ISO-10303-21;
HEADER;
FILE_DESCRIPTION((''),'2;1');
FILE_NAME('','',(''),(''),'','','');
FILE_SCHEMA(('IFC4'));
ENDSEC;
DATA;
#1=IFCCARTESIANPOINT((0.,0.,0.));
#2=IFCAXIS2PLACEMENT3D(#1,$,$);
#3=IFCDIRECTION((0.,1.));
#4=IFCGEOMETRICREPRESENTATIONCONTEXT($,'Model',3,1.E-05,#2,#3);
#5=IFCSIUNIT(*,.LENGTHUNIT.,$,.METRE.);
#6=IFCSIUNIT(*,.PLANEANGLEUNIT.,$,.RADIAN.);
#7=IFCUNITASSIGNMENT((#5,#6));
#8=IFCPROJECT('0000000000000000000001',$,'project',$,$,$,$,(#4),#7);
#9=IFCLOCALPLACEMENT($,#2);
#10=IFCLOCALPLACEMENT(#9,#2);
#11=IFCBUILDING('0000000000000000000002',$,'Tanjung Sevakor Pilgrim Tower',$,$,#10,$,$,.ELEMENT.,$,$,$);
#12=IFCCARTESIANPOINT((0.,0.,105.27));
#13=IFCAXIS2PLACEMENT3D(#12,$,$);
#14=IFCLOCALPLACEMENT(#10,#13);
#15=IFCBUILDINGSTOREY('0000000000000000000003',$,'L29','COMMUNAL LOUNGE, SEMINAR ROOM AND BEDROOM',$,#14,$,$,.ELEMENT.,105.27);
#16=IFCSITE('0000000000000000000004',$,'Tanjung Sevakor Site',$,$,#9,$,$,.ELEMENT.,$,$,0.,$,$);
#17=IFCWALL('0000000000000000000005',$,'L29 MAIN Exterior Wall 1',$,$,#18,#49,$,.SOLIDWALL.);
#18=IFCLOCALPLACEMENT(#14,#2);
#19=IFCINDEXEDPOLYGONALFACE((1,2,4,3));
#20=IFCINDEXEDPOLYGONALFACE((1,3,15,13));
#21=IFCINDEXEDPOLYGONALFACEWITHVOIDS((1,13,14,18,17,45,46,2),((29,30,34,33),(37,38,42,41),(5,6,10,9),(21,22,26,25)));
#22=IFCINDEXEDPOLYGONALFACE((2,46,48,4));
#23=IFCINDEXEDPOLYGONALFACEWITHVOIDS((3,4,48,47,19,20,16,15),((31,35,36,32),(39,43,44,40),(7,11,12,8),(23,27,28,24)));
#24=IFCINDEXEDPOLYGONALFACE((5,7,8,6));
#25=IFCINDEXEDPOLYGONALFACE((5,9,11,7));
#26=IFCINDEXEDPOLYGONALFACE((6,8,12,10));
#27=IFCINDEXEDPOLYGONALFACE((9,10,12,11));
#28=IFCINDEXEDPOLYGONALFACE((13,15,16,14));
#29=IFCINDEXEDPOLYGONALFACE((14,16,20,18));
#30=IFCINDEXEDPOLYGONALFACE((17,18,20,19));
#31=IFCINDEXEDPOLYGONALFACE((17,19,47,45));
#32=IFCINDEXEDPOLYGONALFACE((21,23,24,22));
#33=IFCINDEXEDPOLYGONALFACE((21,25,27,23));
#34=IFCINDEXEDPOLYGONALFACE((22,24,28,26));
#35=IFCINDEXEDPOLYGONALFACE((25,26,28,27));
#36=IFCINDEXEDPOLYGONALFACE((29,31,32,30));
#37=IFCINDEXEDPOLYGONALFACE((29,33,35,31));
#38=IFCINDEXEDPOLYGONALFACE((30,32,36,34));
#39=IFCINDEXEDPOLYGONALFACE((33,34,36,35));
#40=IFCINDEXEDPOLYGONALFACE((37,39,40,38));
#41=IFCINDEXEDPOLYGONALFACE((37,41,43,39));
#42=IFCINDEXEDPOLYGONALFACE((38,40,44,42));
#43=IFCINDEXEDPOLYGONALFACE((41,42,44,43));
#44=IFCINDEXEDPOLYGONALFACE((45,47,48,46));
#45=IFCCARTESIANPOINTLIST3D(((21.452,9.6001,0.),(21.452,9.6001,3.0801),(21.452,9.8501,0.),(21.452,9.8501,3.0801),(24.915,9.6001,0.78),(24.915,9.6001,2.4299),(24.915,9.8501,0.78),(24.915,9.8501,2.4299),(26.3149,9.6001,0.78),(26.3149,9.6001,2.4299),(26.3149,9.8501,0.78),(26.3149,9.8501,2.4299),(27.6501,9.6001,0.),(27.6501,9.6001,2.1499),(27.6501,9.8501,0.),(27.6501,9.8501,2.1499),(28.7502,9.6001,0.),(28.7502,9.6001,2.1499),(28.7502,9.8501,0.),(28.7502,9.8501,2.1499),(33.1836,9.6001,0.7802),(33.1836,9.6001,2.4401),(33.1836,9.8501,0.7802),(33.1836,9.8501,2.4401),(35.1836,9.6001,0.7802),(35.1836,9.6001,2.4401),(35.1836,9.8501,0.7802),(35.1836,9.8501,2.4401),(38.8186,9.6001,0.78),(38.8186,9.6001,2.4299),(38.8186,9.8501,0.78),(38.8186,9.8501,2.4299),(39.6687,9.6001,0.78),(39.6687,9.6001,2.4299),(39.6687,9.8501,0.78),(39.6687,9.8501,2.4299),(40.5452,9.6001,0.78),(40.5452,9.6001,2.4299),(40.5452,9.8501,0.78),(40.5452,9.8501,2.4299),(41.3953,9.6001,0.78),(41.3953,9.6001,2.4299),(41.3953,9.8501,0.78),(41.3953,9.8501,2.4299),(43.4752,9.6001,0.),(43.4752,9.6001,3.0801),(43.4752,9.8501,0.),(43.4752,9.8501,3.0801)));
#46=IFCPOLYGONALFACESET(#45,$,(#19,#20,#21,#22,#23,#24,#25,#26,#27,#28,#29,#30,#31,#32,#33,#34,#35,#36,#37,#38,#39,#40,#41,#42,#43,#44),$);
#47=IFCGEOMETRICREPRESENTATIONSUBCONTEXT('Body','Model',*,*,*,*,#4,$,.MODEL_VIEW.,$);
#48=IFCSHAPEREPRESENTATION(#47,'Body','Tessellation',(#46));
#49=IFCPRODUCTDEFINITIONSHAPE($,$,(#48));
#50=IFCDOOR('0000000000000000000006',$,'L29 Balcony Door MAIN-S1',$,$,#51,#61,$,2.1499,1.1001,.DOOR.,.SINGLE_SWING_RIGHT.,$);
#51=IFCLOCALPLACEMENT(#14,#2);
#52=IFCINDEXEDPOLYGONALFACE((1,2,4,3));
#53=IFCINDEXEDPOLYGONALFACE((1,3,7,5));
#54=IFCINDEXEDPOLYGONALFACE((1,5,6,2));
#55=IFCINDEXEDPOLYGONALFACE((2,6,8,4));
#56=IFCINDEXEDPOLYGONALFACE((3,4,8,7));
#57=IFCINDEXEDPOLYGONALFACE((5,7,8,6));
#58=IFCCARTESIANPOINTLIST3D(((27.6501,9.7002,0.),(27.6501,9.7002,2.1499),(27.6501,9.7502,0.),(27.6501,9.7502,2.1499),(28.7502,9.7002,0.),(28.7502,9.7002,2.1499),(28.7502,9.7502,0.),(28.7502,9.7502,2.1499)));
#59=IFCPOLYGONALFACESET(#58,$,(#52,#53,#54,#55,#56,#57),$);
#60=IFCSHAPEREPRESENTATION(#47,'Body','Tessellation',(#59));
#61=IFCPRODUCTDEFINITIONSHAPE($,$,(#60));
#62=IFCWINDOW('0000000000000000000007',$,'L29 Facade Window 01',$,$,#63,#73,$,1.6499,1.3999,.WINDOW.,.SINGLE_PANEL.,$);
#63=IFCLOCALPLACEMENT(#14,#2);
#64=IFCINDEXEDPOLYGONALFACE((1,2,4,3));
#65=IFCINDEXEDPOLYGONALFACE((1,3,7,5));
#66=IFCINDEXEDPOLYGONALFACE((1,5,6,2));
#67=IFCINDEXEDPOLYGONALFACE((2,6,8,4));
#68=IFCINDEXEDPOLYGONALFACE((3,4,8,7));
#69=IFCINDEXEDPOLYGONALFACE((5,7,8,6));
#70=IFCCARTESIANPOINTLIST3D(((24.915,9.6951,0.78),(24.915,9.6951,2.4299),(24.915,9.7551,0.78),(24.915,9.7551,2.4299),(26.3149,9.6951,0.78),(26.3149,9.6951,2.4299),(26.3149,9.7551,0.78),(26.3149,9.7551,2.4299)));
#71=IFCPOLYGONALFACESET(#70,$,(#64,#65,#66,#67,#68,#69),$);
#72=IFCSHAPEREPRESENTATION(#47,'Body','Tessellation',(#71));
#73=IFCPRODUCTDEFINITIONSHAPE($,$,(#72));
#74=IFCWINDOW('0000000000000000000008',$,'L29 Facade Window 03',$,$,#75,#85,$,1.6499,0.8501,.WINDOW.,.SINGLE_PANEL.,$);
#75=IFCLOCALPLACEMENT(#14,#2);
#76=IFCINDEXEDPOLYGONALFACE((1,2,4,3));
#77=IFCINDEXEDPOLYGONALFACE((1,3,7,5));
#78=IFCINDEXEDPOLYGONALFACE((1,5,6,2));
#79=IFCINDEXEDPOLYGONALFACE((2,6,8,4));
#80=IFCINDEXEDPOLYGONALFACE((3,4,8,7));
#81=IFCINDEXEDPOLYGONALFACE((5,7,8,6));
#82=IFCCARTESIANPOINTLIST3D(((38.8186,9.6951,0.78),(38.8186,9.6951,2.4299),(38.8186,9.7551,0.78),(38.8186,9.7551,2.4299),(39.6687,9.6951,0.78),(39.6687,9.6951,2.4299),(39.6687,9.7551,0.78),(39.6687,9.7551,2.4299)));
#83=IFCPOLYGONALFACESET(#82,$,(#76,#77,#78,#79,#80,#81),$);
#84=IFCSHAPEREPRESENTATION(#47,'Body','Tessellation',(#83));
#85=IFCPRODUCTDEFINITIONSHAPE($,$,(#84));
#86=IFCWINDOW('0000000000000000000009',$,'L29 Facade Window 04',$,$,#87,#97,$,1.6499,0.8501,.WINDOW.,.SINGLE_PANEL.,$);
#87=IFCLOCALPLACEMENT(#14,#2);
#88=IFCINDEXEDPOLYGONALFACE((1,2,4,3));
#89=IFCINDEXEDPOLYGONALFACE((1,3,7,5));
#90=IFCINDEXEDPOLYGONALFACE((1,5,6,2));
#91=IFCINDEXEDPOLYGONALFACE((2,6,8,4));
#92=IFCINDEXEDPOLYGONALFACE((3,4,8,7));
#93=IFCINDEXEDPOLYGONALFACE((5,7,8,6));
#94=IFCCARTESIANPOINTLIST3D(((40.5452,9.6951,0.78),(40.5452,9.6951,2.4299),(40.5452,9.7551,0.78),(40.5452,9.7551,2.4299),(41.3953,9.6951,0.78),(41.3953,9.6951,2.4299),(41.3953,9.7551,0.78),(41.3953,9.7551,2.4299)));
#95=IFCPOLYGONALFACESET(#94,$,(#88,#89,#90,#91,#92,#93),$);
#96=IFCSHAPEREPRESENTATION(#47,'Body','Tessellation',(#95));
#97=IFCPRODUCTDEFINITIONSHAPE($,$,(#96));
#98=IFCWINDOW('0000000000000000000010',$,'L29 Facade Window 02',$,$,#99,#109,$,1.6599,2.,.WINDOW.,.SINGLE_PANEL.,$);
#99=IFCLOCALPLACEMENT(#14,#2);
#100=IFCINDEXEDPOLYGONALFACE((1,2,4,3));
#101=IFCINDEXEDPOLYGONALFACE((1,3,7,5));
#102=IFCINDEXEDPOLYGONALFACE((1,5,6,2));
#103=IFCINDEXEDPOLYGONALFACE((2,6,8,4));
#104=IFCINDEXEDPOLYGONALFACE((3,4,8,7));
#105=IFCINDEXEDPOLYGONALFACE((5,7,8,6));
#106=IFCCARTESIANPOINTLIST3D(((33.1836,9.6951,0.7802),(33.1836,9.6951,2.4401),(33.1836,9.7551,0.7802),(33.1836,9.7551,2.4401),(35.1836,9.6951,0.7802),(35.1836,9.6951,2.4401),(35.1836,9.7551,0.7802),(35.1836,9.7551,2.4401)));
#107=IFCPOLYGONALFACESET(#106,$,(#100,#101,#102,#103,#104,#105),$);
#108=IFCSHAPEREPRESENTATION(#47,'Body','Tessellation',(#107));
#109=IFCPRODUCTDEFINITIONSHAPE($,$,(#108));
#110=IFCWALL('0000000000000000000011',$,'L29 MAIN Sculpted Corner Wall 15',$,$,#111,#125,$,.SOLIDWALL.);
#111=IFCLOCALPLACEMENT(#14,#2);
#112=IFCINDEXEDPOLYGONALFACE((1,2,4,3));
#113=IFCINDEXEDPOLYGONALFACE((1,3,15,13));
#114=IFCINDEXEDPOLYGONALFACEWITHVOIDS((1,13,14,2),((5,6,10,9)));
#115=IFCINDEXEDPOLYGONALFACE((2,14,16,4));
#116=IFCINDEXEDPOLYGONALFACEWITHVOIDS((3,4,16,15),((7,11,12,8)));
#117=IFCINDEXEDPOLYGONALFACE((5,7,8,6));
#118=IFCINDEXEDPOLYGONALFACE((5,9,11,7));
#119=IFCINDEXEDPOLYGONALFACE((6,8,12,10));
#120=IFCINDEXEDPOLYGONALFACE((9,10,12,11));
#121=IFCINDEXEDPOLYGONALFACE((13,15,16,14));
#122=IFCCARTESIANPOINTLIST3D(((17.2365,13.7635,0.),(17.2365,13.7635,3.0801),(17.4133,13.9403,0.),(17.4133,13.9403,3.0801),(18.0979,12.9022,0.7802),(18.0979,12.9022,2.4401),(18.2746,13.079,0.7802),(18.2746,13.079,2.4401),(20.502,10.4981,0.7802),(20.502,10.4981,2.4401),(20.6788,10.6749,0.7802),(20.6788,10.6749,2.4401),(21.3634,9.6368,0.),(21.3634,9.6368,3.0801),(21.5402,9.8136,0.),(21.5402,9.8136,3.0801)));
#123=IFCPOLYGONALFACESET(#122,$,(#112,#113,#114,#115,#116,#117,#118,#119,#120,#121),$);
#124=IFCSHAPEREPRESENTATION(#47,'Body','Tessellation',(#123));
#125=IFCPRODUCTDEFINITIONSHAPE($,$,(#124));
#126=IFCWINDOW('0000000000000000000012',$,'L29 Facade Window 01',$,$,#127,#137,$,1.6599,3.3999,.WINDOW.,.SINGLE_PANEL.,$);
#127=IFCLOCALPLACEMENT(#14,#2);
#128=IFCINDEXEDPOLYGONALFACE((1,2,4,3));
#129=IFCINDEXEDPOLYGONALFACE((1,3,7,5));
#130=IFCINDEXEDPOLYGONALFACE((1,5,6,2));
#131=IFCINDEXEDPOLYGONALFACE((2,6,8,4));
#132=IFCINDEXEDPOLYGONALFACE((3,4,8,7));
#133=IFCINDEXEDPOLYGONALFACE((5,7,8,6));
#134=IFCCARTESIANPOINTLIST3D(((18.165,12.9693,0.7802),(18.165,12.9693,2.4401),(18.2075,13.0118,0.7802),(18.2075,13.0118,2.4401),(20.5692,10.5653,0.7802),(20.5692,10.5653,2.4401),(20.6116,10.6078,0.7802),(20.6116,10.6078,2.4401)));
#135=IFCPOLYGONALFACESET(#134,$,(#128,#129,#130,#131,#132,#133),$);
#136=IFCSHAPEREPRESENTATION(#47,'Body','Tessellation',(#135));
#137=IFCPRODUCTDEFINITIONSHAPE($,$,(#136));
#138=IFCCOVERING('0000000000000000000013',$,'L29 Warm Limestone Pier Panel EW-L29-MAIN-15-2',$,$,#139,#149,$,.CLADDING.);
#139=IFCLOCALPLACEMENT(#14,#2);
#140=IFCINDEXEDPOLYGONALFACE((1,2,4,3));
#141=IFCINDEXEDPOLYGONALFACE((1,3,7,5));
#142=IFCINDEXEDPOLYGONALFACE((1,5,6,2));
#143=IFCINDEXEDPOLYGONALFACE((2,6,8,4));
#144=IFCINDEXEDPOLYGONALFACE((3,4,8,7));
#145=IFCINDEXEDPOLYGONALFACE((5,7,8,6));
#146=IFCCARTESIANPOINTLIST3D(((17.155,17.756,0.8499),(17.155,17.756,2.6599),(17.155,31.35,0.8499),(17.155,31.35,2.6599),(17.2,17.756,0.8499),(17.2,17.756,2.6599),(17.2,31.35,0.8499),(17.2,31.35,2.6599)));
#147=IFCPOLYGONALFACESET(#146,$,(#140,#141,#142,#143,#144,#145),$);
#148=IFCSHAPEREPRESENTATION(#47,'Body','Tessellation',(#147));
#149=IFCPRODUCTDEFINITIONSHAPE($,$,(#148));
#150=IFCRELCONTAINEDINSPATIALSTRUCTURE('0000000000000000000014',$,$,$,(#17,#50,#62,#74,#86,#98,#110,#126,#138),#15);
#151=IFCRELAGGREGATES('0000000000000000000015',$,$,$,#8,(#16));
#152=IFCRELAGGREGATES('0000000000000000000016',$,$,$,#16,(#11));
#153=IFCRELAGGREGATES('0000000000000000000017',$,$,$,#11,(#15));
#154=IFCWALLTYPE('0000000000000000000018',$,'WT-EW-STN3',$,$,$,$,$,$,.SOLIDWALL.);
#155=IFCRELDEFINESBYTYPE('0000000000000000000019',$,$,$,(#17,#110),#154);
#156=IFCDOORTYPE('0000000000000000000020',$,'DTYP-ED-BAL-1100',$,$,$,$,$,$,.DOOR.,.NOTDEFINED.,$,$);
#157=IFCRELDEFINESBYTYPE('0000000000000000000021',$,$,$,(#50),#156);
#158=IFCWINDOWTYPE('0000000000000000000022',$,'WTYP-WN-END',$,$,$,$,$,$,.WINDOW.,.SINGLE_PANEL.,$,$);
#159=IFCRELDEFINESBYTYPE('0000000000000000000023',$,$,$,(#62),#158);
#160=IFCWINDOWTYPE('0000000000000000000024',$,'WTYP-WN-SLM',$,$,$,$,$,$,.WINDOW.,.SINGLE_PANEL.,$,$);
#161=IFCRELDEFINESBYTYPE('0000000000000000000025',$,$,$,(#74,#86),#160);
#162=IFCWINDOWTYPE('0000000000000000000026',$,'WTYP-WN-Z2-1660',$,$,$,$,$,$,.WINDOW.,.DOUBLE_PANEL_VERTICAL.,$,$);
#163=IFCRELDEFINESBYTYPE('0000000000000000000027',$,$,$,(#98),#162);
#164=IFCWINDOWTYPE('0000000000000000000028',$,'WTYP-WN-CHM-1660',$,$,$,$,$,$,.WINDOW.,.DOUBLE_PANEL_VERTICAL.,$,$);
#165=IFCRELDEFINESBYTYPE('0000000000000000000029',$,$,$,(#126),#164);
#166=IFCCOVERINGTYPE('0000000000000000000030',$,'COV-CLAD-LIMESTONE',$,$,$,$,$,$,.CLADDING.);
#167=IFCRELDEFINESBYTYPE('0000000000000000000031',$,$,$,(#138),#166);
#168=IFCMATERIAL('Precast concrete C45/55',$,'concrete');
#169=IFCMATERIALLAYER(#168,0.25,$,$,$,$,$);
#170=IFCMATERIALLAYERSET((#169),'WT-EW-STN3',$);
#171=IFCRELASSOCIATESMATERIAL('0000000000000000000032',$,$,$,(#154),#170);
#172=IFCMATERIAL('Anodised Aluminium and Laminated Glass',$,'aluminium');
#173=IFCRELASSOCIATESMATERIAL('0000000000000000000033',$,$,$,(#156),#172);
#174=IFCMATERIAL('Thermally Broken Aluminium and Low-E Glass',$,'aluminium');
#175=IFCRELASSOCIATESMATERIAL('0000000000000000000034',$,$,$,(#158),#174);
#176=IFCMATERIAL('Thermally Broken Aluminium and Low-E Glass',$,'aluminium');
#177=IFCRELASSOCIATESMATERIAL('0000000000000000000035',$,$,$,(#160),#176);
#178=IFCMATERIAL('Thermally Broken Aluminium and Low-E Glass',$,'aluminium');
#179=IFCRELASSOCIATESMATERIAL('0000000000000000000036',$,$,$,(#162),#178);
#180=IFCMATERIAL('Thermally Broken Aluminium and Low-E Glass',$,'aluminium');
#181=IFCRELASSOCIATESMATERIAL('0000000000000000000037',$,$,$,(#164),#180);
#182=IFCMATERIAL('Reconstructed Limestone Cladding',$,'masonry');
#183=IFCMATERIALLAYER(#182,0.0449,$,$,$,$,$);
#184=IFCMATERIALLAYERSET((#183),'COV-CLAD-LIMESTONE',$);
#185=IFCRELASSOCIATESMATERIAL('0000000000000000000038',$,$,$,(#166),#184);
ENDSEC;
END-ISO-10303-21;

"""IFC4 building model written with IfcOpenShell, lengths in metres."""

from ifc_helpers import new_model, si_unit, direction, frame, frame_2d, origin, origin_2d, place, context, subcontext, project, spatial, rectangle, extrude, material, layer, layer_set, type_object, element, fill, save


model = new_model("IFC4")

# Units and contexts
model_context = context("Model", 3, precision=1e-05, world=origin(), true_north=direction((0.0, 1.0)))
body_context = subcontext(model_context, "Body", "Model", "MODEL_VIEW")
ifc_project = project(units=[si_unit("LENGTHUNIT", "METRE"), si_unit("PLANEANGLEUNIT", "RADIAN")], contexts=[model_context])

# Site, building, storey
site_placement = place(None, origin())
site = spatial("IfcSite", under=ifc_project, at=site_placement, Name="Tanjung Sevakor Site", CompositionType="ELEMENT", RefElevation=0.0)
building_placement = place(site_placement, origin())
building = spatial("IfcBuilding", under=site, at=building_placement, Name="Tanjung Sevakor Pilgrim Tower", CompositionType="ELEMENT")
storey_placement = place(building_placement, frame((0.0, 0.0, 105.27)))
storey = spatial("IfcBuildingStorey", under=building, at=storey_placement, Name="L29", Description="COMMUNAL LOUNGE, SEMINAR ROOM AND BEDROOM", CompositionType="ELEMENT", Elevation=105.27)

# Wall, openings, door, windows
ifc_material_1 = material(Name="Precast concrete C45/55", Category="concrete")
ifc_layer_1 = layer(ifc_material_1, 0.25)
ifc_layer_set_1 = layer_set([ifc_layer_1], Name="WT-EW-STN3")
wall_type_1 = type_object("IfcWallType", Name="WT-EW-STN3", PredefinedType="SOLIDWALL", material=ifc_layer_set_1)
wall_1_placement = place(storey_placement, frame((21.4519, 9.7251, 0.0), z_axis=(0.0, 0.0, 1.0), x_axis=(1.0, 0.0, 0.0)))
wall_1 = element("IfcWall", 1, at=wall_1_placement, inside=storey, type_object=wall_type_1, Name="L29 MAIN Exterior Wall 1", PredefinedType="SOLIDWALL", context=body_context, shape_type="SweptSolid", body=[
    extrude(rectangle(XDim=22.0232, YDim=0.25, at=frame_2d((11.0117, 0.0))), origin(), (0.0, 0.0, 1.0), 3.0801),
])
opening_1_placement = place(wall_1_placement, frame((6.1982, 0.0, 0.0)))
opening_1 = element("IfcOpeningElement", 2, at=opening_1_placement, cuts=wall_1, PredefinedType="OPENING", context=body_context, shape_type="SweptSolid", body=[
    extrude(rectangle(XDim=1.1001, YDim=2.1499, at=frame_2d((0.55, 1.075))), frame((0.0, 0.135, 0.0), z_axis=(0.0, -1.0, 0.0), x_axis=(1.0, 0.0, 0.0)), (0.0, 0.0, 1.0), 0.27),
])
opening_2_placement = place(wall_1_placement, frame((3.4631, 0.0, 0.78)))
opening_2 = element("IfcOpeningElement", 3, at=opening_2_placement, cuts=wall_1, PredefinedType="OPENING", context=body_context, shape_type="SweptSolid", body=[
    extrude(rectangle(XDim=1.3999, YDim=1.6499, at=frame_2d((0.7, 0.825))), frame((0.0, 0.135, 0.0), z_axis=(0.0, -1.0, 0.0), x_axis=(1.0, 0.0, 0.0)), (0.0, 0.0, 1.0), 0.27),
])
opening_3_placement = place(wall_1_placement, frame((11.7317, 0.0, 0.78)))
opening_3 = element("IfcOpeningElement", 4, at=opening_3_placement, cuts=wall_1, PredefinedType="OPENING", context=body_context, shape_type="SweptSolid", body=[
    extrude(rectangle(XDim=2.0, YDim=1.6599, at=frame_2d((1.0, 0.8301))), frame((0.0, 0.135, 0.0), z_axis=(0.0, -1.0, 0.0), x_axis=(1.0, 0.0, 0.0)), (0.0, 0.0, 1.0), 0.27),
])
opening_4_placement = place(wall_1_placement, frame((17.3667, 0.0, 0.78)))
opening_4 = element("IfcOpeningElement", 5, at=opening_4_placement, cuts=wall_1, PredefinedType="OPENING", context=body_context, shape_type="SweptSolid", body=[
    extrude(rectangle(XDim=0.8501, YDim=1.6499, at=frame_2d((0.425, 0.825))), frame((0.0, 0.135, 0.0), z_axis=(0.0, -1.0, 0.0), x_axis=(1.0, 0.0, 0.0)), (0.0, 0.0, 1.0), 0.27),
])
opening_5_placement = place(wall_1_placement, frame((19.0933, 0.0, 0.78)))
opening_5 = element("IfcOpeningElement", 6, at=opening_5_placement, cuts=wall_1, PredefinedType="OPENING", context=body_context, shape_type="SweptSolid", body=[
    extrude(rectangle(XDim=0.8501, YDim=1.6499, at=frame_2d((0.425, 0.825))), frame((0.0, 0.135, 0.0), z_axis=(0.0, -1.0, 0.0), x_axis=(1.0, 0.0, 0.0)), (0.0, 0.0, 1.0), 0.27),
])
ifc_material_2 = material(Name="Anodised Aluminium and Laminated Glass", Category="aluminium")
door_type_1 = type_object("IfcDoorType", Name="DTYP-ED-BAL-1100", OperationType="NOTDEFINED", PredefinedType="DOOR", material=ifc_material_2)
door_1_placement = place(opening_1_placement, frame((1.1001, 0.0, 0.0), z_axis=(0.0, 0.0, 1.0), x_axis=(-1.0, 0.0, 0.0)))
door_1 = element("IfcDoor", 7, at=door_1_placement, inside=storey, type_object=door_type_1, Name="L29 Balcony Door MAIN-S1", OperationType="SINGLE_SWING_RIGHT", OverallHeight=2.1499, OverallWidth=1.1001, PredefinedType="DOOR", context=body_context, shape_type="SweptSolid", body=[
    extrude(rectangle(XDim=1.1001, YDim=2.1499, at=frame_2d((0.55, 1.075))), frame((0.0, 0.0249, 0.0), z_axis=(0.0, -1.0, 0.0), x_axis=(1.0, 0.0, 0.0)), (0.0, 0.0, 1.0), 0.05),
])
fill(opening_1, door_1)
ifc_material_3 = material(Name="Thermally Broken Aluminium and Low-E Glass", Category="aluminium")
window_type_1 = type_object("IfcWindowType", Name="WTYP-WN-END", PartitioningType="SINGLE_PANEL", PredefinedType="WINDOW", material=ifc_material_3)
window_1_placement = place(opening_2_placement, origin())
window_1 = element("IfcWindow", 8, at=window_1_placement, inside=storey, type_object=window_type_1, Name="L29 Facade Window 01", OverallHeight=1.6499, OverallWidth=1.3999, PartitioningType="SINGLE_PANEL", PredefinedType="WINDOW", context=body_context, shape_type="SweptSolid", body=[
    extrude(rectangle(XDim=1.3999, YDim=1.6499, at=frame_2d((0.7, 0.825))), frame((0.0, 0.03, 0.0), z_axis=(0.0, -1.0, 0.0), x_axis=(1.0, 0.0, 0.0)), (0.0, 0.0, 1.0), 0.0601),
])
fill(opening_2, window_1)
ifc_material_4 = material(Name="Thermally Broken Aluminium and Low-E Glass", Category="aluminium")
window_type_2 = type_object("IfcWindowType", Name="WTYP-WN-SLM", PartitioningType="SINGLE_PANEL", PredefinedType="WINDOW", material=ifc_material_4)
window_2_placement = place(opening_4_placement, origin())
window_2 = element("IfcWindow", 9, at=window_2_placement, inside=storey, type_object=window_type_2, Name="L29 Facade Window 03", OverallHeight=1.6499, OverallWidth=0.8501, PartitioningType="SINGLE_PANEL", PredefinedType="WINDOW", context=body_context, shape_type="SweptSolid", body=[
    extrude(rectangle(XDim=0.8501, YDim=1.6499, at=frame_2d((0.425, 0.825))), frame((0.0, 0.03, 0.0), z_axis=(0.0, -1.0, 0.0), x_axis=(1.0, 0.0, 0.0)), (0.0, 0.0, 1.0), 0.0601),
])
fill(opening_4, window_2)
window_3_placement = place(opening_5_placement, origin())
window_3 = element("IfcWindow", 10, at=window_3_placement, inside=storey, type_object=window_type_2, Name="L29 Facade Window 04", OverallHeight=1.6499, OverallWidth=0.8501, PartitioningType="SINGLE_PANEL", PredefinedType="WINDOW", context=body_context, shape_type="SweptSolid", body=[
    extrude(rectangle(XDim=0.8501, YDim=1.6499, at=frame_2d((0.425, 0.825))), frame((0.0, 0.03, 0.0), z_axis=(0.0, -1.0, 0.0), x_axis=(1.0, 0.0, 0.0)), (0.0, 0.0, 1.0), 0.0601),
])
fill(opening_5, window_3)
ifc_material_5 = material(Name="Thermally Broken Aluminium and Low-E Glass", Category="aluminium")
window_type_3 = type_object("IfcWindowType", Name="WTYP-WN-Z2-1660", PartitioningType="DOUBLE_PANEL_VERTICAL", PredefinedType="WINDOW", material=ifc_material_5)
window_4_placement = place(opening_3_placement, origin())
window_4 = element("IfcWindow", 11, at=window_4_placement, inside=storey, type_object=window_type_3, Name="L29 Facade Window 02", OverallHeight=1.6599, OverallWidth=2.0, PartitioningType="SINGLE_PANEL", PredefinedType="WINDOW", context=body_context, shape_type="SweptSolid", body=[
    extrude(rectangle(XDim=2.0, YDim=1.6599, at=frame_2d((1.0, 0.8301))), frame((0.0, 0.03, 0.0), z_axis=(0.0, -1.0, 0.0), x_axis=(1.0, 0.0, 0.0)), (0.0, 0.0, 1.0), 0.0601),
])
fill(opening_3, window_4)

# Wall, opening, window
wall_2_placement = place(storey_placement, frame((17.325, 13.8518, 0.0), z_axis=(0.0, 0.0, 1.0), x_axis=(0.707128, -0.707086, 0.0)))
wall_2 = element("IfcWall", 12, at=wall_2_placement, inside=storey, type_object=wall_type_1, Name="L29 MAIN Sculpted Corner Wall 15", PredefinedType="SOLIDWALL", context=body_context, shape_type="SweptSolid", body=[
    extrude(rectangle(XDim=5.8362, YDim=0.25, at=frame_2d((2.918, 0.0))), origin(), (0.0, 0.0, 1.0), 3.0801),
])
opening_6_placement = place(wall_2_placement, frame((1.218, 0.0, 0.78)))
opening_6 = element("IfcOpeningElement", 13, at=opening_6_placement, cuts=wall_2, PredefinedType="OPENING", context=body_context, shape_type="SweptSolid", body=[
    extrude(rectangle(XDim=3.3999, YDim=1.6599, at=frame_2d((1.7, 0.8301))), frame((0.0, 0.135, 0.0), z_axis=(0.0, -1.0, 0.0), x_axis=(1.0, 0.0, 0.0)), (0.0, 0.0, 1.0), 0.27),
])
ifc_material_6 = material(Name="Thermally Broken Aluminium and Low-E Glass", Category="aluminium")
window_type_4 = type_object("IfcWindowType", Name="WTYP-WN-CHM-1660", PartitioningType="DOUBLE_PANEL_VERTICAL", PredefinedType="WINDOW", material=ifc_material_6)
window_5_placement = place(opening_6_placement, origin())
window_5 = element("IfcWindow", 14, at=window_5_placement, inside=storey, type_object=window_type_4, Name="L29 Facade Window 01", OverallHeight=1.6599, OverallWidth=3.3999, PartitioningType="SINGLE_PANEL", PredefinedType="WINDOW", context=body_context, shape_type="SweptSolid", body=[
    extrude(rectangle(XDim=3.3999, YDim=1.6599, at=frame_2d((1.7, 0.8301))), frame((0.0, 0.03, 0.0), z_axis=(0.0, -1.0, 0.0), x_axis=(1.0, 0.0, 0.0)), (0.0, 0.0, 1.0), 0.0601),
])
fill(opening_6, window_5)

# Covering
ifc_material_7 = material(Name="Reconstructed Limestone Cladding", Category="masonry")
ifc_layer_2 = layer(ifc_material_7, 0.0449)
ifc_layer_set_2 = layer_set([ifc_layer_2], Name="COV-CLAD-LIMESTONE")
covering_type = type_object("IfcCoveringType", Name="COV-CLAD-LIMESTONE", PredefinedType="CLADDING", material=ifc_layer_set_2)
covering_1_placement = place(storey_placement, frame((17.1775, 24.553, 0.8499), z_axis=(0.0, 0.0, 1.0), x_axis=(0.0, -1.0, 0.0)))
element("IfcCovering", 15, at=covering_1_placement, inside=storey, type_object=covering_type, Name="L29 Warm Limestone Pier Panel EW-L29-MAIN-15-2", PredefinedType="CLADDING", context=body_context, shape_type="SweptSolid", body=[
    extrude(rectangle(XDim=13.594, YDim=0.0449, at=origin_2d()), origin(), (0.0, 0.0, 1.0), 1.8101),
])

save(model, "model.ifc")
